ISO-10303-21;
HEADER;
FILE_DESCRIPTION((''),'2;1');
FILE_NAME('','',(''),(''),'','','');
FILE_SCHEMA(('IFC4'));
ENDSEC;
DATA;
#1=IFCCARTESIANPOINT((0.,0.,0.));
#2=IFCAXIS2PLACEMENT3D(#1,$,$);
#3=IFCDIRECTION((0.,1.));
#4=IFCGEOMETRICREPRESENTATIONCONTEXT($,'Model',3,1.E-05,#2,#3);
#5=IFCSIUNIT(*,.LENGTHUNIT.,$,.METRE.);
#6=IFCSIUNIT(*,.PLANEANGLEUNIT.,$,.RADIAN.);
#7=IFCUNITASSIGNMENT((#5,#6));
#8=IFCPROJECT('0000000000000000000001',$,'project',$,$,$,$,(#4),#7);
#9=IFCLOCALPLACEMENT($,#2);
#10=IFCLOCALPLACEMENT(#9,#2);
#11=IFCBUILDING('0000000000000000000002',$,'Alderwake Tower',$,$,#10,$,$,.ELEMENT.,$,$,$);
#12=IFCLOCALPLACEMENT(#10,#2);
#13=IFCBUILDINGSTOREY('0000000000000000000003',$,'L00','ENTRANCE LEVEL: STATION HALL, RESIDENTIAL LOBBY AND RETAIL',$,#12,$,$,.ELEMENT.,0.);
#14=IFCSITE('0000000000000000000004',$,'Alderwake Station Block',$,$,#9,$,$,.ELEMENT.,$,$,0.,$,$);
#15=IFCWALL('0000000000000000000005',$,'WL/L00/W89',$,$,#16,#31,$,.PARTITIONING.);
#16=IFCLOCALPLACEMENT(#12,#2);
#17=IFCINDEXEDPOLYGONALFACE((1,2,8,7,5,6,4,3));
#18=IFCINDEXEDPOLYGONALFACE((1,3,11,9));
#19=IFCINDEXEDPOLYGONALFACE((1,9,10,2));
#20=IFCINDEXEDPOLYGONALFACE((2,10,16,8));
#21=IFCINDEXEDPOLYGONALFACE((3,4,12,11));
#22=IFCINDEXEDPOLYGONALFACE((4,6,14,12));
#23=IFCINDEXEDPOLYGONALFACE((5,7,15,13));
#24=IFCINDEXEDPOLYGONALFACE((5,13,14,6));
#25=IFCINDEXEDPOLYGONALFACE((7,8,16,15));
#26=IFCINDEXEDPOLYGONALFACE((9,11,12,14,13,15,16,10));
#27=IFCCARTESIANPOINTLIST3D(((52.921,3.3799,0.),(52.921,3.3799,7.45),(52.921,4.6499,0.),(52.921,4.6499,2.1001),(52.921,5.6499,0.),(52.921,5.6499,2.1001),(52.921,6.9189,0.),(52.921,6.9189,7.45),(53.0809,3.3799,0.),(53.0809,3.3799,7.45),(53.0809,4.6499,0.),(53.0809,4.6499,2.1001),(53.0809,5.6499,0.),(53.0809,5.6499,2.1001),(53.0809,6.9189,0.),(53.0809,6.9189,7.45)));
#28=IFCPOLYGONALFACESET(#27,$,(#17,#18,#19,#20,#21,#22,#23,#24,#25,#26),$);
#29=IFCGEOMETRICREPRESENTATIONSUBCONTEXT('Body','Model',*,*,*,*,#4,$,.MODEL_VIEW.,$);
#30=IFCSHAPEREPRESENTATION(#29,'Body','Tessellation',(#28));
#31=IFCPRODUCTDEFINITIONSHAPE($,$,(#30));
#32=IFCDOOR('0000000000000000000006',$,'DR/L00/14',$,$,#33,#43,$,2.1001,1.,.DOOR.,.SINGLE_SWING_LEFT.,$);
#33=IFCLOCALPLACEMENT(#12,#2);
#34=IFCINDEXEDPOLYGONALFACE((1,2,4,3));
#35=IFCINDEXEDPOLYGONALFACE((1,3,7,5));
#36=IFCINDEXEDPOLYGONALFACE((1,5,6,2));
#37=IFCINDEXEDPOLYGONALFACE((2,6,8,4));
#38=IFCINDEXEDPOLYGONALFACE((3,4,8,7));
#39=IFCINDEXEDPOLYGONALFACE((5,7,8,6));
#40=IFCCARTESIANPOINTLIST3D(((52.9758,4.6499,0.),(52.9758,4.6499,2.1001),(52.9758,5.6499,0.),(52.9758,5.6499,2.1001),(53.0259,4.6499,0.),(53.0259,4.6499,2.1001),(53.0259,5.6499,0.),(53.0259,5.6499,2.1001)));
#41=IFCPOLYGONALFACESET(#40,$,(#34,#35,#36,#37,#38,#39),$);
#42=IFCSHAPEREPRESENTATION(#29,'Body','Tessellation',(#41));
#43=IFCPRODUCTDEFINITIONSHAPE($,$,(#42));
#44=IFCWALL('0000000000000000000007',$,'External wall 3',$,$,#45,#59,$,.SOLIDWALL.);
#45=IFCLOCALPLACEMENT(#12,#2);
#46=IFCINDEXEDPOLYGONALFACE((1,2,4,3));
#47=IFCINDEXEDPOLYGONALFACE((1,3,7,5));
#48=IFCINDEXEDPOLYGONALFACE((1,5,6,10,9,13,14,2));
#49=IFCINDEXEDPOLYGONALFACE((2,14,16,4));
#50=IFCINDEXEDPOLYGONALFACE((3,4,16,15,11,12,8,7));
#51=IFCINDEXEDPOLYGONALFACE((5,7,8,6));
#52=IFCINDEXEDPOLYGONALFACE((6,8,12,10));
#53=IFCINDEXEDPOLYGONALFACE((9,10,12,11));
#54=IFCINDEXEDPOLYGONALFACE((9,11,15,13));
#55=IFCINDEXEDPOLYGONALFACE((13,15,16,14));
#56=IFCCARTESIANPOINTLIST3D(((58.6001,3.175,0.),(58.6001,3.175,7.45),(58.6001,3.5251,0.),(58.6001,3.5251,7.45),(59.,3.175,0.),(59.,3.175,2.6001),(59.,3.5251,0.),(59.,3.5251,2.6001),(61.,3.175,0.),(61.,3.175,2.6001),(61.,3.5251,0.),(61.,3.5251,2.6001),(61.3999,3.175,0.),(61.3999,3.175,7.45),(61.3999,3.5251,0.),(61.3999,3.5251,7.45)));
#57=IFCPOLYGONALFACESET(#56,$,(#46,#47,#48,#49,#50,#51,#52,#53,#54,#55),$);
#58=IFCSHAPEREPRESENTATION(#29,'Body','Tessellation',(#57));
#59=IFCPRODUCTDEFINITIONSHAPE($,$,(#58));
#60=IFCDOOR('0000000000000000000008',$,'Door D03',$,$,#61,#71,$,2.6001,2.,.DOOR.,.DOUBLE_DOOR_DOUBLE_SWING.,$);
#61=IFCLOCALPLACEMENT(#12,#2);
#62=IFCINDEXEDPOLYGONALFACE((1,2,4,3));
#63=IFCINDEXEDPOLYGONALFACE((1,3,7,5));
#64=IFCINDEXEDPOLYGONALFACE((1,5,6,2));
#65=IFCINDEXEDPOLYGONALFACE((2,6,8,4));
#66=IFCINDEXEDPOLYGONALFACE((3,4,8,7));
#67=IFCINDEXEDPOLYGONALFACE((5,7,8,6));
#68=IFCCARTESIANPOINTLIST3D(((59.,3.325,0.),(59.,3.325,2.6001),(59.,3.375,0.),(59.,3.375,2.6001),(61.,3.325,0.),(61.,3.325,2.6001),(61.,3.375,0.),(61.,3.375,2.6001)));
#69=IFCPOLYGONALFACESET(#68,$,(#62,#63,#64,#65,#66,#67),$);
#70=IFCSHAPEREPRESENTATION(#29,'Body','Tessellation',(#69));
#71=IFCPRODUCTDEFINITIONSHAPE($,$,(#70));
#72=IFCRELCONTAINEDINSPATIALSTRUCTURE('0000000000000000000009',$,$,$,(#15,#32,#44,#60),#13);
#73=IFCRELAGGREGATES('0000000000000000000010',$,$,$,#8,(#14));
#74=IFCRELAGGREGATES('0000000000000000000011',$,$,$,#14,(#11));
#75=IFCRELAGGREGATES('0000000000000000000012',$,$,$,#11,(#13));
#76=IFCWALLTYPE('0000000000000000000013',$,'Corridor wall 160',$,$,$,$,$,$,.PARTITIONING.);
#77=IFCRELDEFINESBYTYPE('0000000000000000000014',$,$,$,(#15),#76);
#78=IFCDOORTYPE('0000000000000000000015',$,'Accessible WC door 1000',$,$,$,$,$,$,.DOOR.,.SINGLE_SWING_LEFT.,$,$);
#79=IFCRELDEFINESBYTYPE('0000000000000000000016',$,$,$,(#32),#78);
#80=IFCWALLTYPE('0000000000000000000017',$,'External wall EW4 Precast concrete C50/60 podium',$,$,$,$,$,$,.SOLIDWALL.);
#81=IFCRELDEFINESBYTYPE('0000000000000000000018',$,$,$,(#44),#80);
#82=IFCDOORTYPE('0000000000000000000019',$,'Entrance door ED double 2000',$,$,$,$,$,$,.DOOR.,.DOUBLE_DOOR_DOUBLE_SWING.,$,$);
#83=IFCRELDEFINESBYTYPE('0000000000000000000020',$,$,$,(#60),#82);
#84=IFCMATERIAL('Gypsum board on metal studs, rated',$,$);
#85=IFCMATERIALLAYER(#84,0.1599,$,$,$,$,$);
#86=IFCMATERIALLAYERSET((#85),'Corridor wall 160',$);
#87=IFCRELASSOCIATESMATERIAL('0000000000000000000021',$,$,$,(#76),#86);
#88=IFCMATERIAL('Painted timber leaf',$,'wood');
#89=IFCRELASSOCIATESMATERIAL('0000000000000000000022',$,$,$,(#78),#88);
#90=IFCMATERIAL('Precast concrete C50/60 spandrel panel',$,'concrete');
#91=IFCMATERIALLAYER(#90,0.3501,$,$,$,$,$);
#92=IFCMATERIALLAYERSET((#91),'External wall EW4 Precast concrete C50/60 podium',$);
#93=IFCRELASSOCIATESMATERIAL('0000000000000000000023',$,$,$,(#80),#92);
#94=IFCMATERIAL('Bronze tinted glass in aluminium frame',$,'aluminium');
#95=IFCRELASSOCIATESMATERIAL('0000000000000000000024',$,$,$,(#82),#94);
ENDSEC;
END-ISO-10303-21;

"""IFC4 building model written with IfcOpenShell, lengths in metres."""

from ifc_helpers import new_model, si_unit, direction, frame, frame_2d, origin, place, context, subcontext, project, spatial, rectangle, extrude, material, layer, layer_set, type_object, element, fill, save


model = new_model("IFC4")

# Units and contexts
model_context = context("Model", 3, precision=1e-05, world=origin(), true_north=direction((0.0, 1.0)))
body_context = subcontext(model_context, "Body", "Model", "MODEL_VIEW")
ifc_project = project(units=[si_unit("LENGTHUNIT", "METRE"), si_unit("PLANEANGLEUNIT", "RADIAN")], contexts=[model_context])

# Site, building, storey
site_placement = place(None, origin())
site = spatial("IfcSite", under=ifc_project, at=site_placement, Name="Alderwake Station Block", CompositionType="ELEMENT", RefElevation=0.0)
building_placement = place(site_placement, origin())
building = spatial("IfcBuilding", under=site, at=building_placement, Name="Alderwake Tower", CompositionType="ELEMENT")
storey_placement = place(building_placement, origin())
storey = spatial("IfcBuildingStorey", under=building, at=storey_placement, Name="L00", Description="ENTRANCE LEVEL: STATION HALL, RESIDENTIAL LOBBY AND RETAIL", CompositionType="ELEMENT", Elevation=0.0)

# Walls, openings, doors
ifc_material_1 = material(Name="Gypsum board on metal studs, rated")
ifc_layer_1 = layer(ifc_material_1, 0.1599)
ifc_layer_set_1 = layer_set([ifc_layer_1], Name="Corridor wall 160")
wall_type_1 = type_object("IfcWallType", Name="Corridor wall 160", PredefinedType="PARTITIONING", material=ifc_layer_set_1)
wall_1_placement = place(storey_placement, frame((53.001, 6.9189, 0.0), z_axis=(0.0, 0.0, 1.0), x_axis=(0.0, -1.0, 0.0)))
wall_1 = element("IfcWall", 1, at=wall_1_placement, inside=storey, type_object=wall_type_1, Name="WL/L00/W89", PredefinedType="PARTITIONING", context=body_context, shape_type="SweptSolid", body=[
    extrude(rectangle(XDim=3.5391, YDim=0.1599, at=frame_2d((1.7695, 0.0))), origin(), (0.0, 0.0, 1.0), 7.45),
])
opening_1_placement = place(wall_1_placement, frame((1.269, 0.0, 0.0)))
opening_1 = element("IfcOpeningElement", 2, at=opening_1_placement, cuts=wall_1, PredefinedType="OPENING", context=body_context, shape_type="SweptSolid", body=[
    extrude(rectangle(XDim=1.0, YDim=2.1001, at=frame_2d((0.5, 1.05))), frame((0.0, 0.0898, 0.0), z_axis=(0.0, -1.0, 0.0), x_axis=(1.0, 0.0, 0.0)), (0.0, 0.0, 1.0), 0.1799),
])
ifc_material_2 = material(Name="Painted timber leaf", Category="wood")
door_type_1 = type_object("IfcDoorType", Name="Accessible WC door 1000", OperationType="SINGLE_SWING_LEFT", PredefinedType="DOOR", material=ifc_material_2)
door_1_placement = place(opening_1_placement, origin())
door_1 = element("IfcDoor", 3, at=door_1_placement, inside=storey, type_object=door_type_1, Name="DR/L00/14", OperationType="SINGLE_SWING_LEFT", OverallHeight=2.1001, OverallWidth=1.0, PredefinedType="DOOR", context=body_context, shape_type="SweptSolid", body=[
    extrude(rectangle(XDim=1.0, YDim=2.1001, at=frame_2d((0.5, 1.05))), frame((0.0, 0.0249, 0.0), z_axis=(0.0, -1.0, 0.0), x_axis=(1.0, 0.0, 0.0)), (0.0, 0.0, 1.0), 0.05),
])
fill(opening_1, door_1)
ifc_material_3 = material(Name="Precast concrete C50/60 spandrel panel", Category="concrete")
ifc_layer_2 = layer(ifc_material_3, 0.3501)
ifc_layer_set_2 = layer_set([ifc_layer_2], Name="External wall EW4 Precast concrete C50/60 podium")
wall_type_2 = type_object("IfcWallType", Name="External wall EW4 Precast concrete C50/60 podium", PredefinedType="SOLIDWALL", material=ifc_layer_set_2)
wall_2_placement = place(storey_placement, frame((58.6001, 3.3501, 0.0), z_axis=(0.0, 0.0, 1.0), x_axis=(1.0, 0.0, 0.0)))
wall_2 = element("IfcWall", 4, at=wall_2_placement, inside=storey, type_object=wall_type_2, Name="External wall 3", PredefinedType="SOLIDWALL", context=body_context, shape_type="SweptSolid", body=[
    extrude(rectangle(XDim=2.7998, YDim=0.3501, at=frame_2d((1.3999, 0.0))), origin(), (0.0, 0.0, 1.0), 7.45),
])
opening_2_placement = place(wall_2_placement, frame((0.3999, 0.0, 0.0)))
opening_2 = element("IfcOpeningElement", 5, at=opening_2_placement, cuts=wall_2, PredefinedType="OPENING", context=body_context, shape_type="SweptSolid", body=[
    extrude(rectangle(XDim=2.0, YDim=2.6001, at=frame_2d((1.0, 1.3))), frame((0.0, 0.1851, 0.0), z_axis=(0.0, -1.0, 0.0), x_axis=(1.0, 0.0, 0.0)), (0.0, 0.0, 1.0), 0.3701),
])
ifc_material_4 = material(Name="Bronze tinted glass in aluminium frame", Category="aluminium")
door_type_2 = type_object("IfcDoorType", Name="Entrance door ED double 2000", OperationType="DOUBLE_DOOR_DOUBLE_SWING", PredefinedType="DOOR", material=ifc_material_4)
door_2_placement = place(opening_2_placement, origin())
door_2 = element("IfcDoor", 6, at=door_2_placement, inside=storey, type_object=door_type_2, Name="Door D03", OperationType="DOUBLE_DOOR_DOUBLE_SWING", OverallHeight=2.6001, OverallWidth=2.0, PredefinedType="DOOR", context=body_context, shape_type="SweptSolid", body=[
    extrude(rectangle(XDim=2.0, YDim=2.6001, at=frame_2d((1.0, 1.3))), frame((0.0, 0.0249, 0.0), z_axis=(0.0, -1.0, 0.0), x_axis=(1.0, 0.0, 0.0)), (0.0, 0.0, 1.0), 0.05),
])
fill(opening_2, door_2)

save(model, "model.ifc")
